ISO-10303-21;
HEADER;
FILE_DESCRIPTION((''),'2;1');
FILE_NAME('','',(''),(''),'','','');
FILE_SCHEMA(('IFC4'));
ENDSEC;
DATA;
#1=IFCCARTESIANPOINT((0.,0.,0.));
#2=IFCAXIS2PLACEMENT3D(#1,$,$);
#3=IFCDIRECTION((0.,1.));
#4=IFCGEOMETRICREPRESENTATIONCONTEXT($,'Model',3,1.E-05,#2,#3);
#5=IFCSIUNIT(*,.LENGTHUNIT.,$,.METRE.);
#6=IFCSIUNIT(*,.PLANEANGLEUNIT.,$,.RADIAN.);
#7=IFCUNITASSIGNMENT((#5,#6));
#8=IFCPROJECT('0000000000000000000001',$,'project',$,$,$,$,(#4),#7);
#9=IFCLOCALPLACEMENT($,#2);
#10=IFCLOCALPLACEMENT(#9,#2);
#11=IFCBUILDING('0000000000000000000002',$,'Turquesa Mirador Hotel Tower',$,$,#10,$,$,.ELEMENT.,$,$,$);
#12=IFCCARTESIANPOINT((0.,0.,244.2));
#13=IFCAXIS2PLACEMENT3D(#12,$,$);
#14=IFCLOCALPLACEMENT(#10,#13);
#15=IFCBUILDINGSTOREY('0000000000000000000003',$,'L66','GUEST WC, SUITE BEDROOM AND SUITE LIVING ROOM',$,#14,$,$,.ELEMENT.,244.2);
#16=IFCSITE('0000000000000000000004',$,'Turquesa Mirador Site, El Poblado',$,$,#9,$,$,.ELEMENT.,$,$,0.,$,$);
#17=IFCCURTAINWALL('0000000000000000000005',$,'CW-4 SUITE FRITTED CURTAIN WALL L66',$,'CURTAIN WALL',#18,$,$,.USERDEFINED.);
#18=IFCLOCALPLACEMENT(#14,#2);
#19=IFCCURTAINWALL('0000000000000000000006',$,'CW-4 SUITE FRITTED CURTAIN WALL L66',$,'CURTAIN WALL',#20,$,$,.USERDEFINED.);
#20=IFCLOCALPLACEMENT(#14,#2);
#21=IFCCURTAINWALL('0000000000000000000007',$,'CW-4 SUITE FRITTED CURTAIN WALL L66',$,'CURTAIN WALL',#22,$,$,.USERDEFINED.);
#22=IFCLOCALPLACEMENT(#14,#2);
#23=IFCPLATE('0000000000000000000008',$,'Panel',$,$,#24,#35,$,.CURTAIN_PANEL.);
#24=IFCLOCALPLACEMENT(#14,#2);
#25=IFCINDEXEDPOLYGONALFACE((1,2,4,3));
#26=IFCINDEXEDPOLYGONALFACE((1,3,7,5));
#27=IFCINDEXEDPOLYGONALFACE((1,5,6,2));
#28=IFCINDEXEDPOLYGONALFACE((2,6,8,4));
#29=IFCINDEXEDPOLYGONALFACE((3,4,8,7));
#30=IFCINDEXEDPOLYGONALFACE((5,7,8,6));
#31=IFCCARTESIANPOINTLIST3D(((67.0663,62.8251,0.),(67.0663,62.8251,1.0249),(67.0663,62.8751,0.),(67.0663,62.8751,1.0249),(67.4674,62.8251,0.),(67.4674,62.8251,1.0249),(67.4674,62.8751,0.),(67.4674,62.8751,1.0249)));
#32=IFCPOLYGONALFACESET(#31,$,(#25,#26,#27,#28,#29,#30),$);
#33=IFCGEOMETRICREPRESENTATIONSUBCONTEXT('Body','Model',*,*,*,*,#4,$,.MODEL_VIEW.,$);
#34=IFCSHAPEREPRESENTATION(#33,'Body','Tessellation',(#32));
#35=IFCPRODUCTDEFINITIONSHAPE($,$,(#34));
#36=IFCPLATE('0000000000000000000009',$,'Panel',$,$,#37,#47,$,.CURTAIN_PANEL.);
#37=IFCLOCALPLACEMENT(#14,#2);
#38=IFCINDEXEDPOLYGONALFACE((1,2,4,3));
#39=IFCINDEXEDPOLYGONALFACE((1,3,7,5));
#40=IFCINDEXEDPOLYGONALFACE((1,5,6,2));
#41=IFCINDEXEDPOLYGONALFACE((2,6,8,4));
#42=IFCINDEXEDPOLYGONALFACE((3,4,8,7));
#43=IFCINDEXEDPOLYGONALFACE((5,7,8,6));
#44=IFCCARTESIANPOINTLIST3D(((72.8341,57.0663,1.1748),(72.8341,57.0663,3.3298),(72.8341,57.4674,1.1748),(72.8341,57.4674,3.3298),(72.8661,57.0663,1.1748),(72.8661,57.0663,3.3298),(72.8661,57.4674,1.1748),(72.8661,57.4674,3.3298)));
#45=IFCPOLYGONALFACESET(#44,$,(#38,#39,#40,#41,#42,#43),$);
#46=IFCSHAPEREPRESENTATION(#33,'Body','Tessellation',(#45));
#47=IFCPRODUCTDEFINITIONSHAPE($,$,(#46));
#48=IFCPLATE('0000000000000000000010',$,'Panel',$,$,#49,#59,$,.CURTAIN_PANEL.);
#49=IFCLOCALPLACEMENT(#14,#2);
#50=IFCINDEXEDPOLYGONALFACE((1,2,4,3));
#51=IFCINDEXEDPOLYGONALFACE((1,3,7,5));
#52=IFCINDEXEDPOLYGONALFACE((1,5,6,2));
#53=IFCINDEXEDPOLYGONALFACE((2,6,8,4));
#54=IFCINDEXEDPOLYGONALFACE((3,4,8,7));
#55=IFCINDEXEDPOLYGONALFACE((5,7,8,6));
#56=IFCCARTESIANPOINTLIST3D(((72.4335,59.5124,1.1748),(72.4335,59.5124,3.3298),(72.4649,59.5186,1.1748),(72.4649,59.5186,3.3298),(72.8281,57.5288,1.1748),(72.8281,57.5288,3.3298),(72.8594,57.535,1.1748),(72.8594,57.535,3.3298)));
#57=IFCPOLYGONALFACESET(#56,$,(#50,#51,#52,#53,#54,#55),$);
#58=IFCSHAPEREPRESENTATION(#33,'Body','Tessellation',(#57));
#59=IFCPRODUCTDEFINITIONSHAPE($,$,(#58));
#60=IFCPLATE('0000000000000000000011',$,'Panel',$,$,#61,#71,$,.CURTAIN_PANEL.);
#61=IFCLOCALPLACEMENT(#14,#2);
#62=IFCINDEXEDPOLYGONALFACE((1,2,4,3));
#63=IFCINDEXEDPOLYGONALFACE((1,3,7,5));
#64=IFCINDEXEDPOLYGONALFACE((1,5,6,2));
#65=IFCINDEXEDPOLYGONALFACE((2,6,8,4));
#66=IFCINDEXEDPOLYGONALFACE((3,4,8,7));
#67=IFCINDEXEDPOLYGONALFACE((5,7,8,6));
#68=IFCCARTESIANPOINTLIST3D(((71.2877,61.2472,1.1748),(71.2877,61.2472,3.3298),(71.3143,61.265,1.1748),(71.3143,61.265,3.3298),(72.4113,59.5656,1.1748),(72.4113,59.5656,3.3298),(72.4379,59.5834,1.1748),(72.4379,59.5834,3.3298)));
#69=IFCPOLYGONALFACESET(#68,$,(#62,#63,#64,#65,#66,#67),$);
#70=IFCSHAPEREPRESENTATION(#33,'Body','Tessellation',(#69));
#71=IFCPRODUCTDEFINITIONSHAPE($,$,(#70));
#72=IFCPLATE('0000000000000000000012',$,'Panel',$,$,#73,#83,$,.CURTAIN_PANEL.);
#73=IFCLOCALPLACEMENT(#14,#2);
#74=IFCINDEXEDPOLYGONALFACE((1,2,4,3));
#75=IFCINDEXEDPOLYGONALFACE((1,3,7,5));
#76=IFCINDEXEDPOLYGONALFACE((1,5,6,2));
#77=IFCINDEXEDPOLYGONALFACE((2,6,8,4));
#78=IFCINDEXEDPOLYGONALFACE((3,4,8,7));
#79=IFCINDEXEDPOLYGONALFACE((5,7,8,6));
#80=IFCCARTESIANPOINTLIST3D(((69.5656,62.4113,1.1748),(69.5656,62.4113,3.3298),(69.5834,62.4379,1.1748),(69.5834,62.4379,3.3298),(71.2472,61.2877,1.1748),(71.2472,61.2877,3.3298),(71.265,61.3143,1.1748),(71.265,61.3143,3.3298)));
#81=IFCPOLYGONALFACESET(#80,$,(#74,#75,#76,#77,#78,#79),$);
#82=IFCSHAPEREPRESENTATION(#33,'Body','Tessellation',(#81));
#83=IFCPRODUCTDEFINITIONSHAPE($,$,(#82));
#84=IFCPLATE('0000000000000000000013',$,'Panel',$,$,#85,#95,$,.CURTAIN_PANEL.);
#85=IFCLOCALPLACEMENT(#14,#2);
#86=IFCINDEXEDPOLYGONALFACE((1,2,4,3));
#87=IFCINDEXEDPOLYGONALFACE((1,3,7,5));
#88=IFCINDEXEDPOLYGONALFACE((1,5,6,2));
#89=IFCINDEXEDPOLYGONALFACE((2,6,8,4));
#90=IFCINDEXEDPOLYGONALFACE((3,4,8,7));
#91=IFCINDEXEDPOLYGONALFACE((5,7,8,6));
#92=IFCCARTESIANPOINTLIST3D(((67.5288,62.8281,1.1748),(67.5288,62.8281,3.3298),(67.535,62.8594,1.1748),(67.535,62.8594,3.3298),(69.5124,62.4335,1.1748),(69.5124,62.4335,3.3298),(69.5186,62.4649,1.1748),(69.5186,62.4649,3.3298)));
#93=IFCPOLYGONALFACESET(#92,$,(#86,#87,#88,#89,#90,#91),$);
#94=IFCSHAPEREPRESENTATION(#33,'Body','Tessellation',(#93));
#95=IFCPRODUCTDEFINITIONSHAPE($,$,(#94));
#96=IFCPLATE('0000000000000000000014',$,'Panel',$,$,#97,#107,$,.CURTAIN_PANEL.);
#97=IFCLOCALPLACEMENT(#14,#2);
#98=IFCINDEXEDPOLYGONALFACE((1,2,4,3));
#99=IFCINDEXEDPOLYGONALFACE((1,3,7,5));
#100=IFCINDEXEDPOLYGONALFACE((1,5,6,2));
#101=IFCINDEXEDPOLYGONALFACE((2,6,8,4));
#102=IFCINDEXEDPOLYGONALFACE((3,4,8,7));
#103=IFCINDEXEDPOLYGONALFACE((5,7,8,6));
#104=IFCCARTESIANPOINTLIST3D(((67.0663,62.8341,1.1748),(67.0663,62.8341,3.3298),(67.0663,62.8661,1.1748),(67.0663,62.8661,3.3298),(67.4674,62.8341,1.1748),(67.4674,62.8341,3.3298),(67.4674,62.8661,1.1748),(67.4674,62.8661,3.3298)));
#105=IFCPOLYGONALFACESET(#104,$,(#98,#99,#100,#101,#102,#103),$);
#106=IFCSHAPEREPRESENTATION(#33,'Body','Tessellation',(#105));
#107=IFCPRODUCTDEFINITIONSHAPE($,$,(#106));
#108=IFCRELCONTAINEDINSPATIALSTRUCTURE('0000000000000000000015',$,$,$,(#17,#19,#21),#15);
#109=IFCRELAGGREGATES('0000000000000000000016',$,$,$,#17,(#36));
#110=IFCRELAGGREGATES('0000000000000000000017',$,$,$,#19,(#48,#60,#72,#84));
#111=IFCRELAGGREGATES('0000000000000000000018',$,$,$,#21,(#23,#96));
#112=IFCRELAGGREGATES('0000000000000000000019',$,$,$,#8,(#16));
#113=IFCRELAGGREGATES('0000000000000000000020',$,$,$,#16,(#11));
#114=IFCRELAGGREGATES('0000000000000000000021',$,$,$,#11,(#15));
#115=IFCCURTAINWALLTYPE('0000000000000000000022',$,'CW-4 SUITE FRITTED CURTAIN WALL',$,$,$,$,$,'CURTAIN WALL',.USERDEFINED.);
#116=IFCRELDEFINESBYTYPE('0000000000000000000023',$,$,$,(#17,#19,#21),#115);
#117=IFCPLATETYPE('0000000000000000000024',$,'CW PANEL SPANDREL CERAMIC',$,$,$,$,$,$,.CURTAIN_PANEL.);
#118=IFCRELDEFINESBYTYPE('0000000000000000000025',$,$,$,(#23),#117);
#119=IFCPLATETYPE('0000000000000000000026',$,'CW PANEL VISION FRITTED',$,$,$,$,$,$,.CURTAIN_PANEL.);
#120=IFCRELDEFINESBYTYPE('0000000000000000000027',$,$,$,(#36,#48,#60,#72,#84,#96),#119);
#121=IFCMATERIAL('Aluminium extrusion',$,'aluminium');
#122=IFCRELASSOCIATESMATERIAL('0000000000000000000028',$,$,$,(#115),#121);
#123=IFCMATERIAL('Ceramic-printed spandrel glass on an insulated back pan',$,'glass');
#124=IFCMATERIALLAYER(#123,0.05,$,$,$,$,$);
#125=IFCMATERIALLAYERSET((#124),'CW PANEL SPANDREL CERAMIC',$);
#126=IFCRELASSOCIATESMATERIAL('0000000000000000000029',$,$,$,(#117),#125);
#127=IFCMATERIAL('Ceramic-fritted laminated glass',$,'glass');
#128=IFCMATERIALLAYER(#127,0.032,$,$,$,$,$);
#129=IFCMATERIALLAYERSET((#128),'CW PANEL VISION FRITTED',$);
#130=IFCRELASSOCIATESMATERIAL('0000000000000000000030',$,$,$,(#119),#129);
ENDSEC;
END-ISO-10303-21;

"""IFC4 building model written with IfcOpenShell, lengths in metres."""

from ifc_helpers import new_model, si_unit, direction, frame, origin, origin_2d, place, context, subcontext, project, spatial, rectangle, extrude, material, layer, layer_set, type_object, element, aggregate, save


model = new_model("IFC4")

# Units and contexts
model_context = context("Model", 3, precision=1e-05, world=origin(), true_north=direction((0.0, 1.0)))
body_context = subcontext(model_context, "Body", "Model", "MODEL_VIEW")
ifc_project = project(units=[si_unit("LENGTHUNIT", "METRE"), si_unit("PLANEANGLEUNIT", "RADIAN")], contexts=[model_context])

# Site, building, storey
site_placement = place(None, origin())
site = spatial("IfcSite", under=ifc_project, at=site_placement, Name="Turquesa Mirador Site, El Poblado", CompositionType="ELEMENT", RefElevation=0.0)
building_placement = place(site_placement, origin())
building = spatial("IfcBuilding", under=site, at=building_placement, Name="Turquesa Mirador Hotel Tower", CompositionType="ELEMENT")
storey_placement = place(building_placement, frame((0.0, 0.0, 244.2)))
storey = spatial("IfcBuildingStorey", under=building, at=storey_placement, Name="L66", Description="GUEST WC, SUITE BEDROOM AND SUITE LIVING ROOM", CompositionType="ELEMENT", Elevation=244.2)

# Shared definitions
ifc_material_1 = material(Name="Aluminium extrusion", Category="aluminium")
curtain_wall_type = type_object("IfcCurtainWallType", Name="CW-4 SUITE FRITTED CURTAIN WALL", ElementType="CURTAIN WALL", PredefinedType="USERDEFINED", material=ifc_material_1)

# Curtain walls
curtain_wall_1_placement = place(storey_placement, origin())
curtain_wall_1 = element("IfcCurtainWall", 1, at=curtain_wall_1_placement, inside=storey, type_object=curtain_wall_type, Name="CW-4 SUITE FRITTED CURTAIN WALL L66", ObjectType="CURTAIN WALL", PredefinedType="USERDEFINED")
curtain_wall_2_placement = place(storey_placement, origin())
curtain_wall_2 = element("IfcCurtainWall", 2, at=curtain_wall_2_placement, inside=storey, type_object=curtain_wall_type, Name="CW-4 SUITE FRITTED CURTAIN WALL L66", ObjectType="CURTAIN WALL", PredefinedType="USERDEFINED")
curtain_wall_3_placement = place(storey_placement, origin())
curtain_wall_3 = element("IfcCurtainWall", 3, at=curtain_wall_3_placement, inside=storey, type_object=curtain_wall_type, Name="CW-4 SUITE FRITTED CURTAIN WALL L66", ObjectType="CURTAIN WALL", PredefinedType="USERDEFINED")

# Plates
ifc_material_2 = material(Name="Ceramic-printed spandrel glass on an insulated back pan", Category="glass")
ifc_layer_1 = layer(ifc_material_2, 0.05)
ifc_layer_set_1 = layer_set([ifc_layer_1], Name="CW PANEL SPANDREL CERAMIC")
plate_type_1 = type_object("IfcPlateType", Name="CW PANEL SPANDREL CERAMIC", PredefinedType="CURTAIN_PANEL", material=ifc_layer_set_1)
plate_1_placement = place(storey_placement, frame((67.2668, 62.8501, 0.0), z_axis=(0.0, 0.0, 1.0), x_axis=(-1.0, 0.0, 0.0)))
plate_1 = element("IfcPlate", 4, at=plate_1_placement, type_object=plate_type_1, Name="Panel", PredefinedType="CURTAIN_PANEL", context=body_context, shape_type="SweptSolid", body=[
    extrude(rectangle(XDim=0.4011, YDim=0.05, at=origin_2d()), origin(), (0.0, 0.0, 1.0), 1.0249),
])
ifc_material_3 = material(Name="Ceramic-fritted laminated glass", Category="glass")
ifc_layer_2 = layer(ifc_material_3, 0.032)
ifc_layer_set_2 = layer_set([ifc_layer_2], Name="CW PANEL VISION FRITTED")
plate_type_2 = type_object("IfcPlateType", Name="CW PANEL VISION FRITTED", PredefinedType="CURTAIN_PANEL", material=ifc_layer_set_2)
plate_2_placement = place(storey_placement, frame((72.8501, 57.2668, 1.1748), z_axis=(0.0, 0.0, 1.0), x_axis=(0.0, 1.0, 0.0)))
plate_2 = element("IfcPlate", 5, at=plate_2_placement, type_object=plate_type_2, Name="Panel", PredefinedType="CURTAIN_PANEL", context=body_context, shape_type="SweptSolid", body=[
    extrude(rectangle(XDim=0.4011, YDim=0.032, at=origin_2d()), origin(), (0.0, 0.0, 1.0), 2.155),
])
aggregate(curtain_wall_1, [plate_2])
plate_3_placement = place(storey_placement, frame((72.6465, 58.5237, 1.1748), z_axis=(0.0, 0.0, 1.0), x_axis=(-0.195091, 0.980785, 0.0)))
plate_3 = element("IfcPlate", 6, at=plate_3_placement, type_object=plate_type_2, Name="Panel", PredefinedType="CURTAIN_PANEL", context=body_context, shape_type="SweptSolid", body=[
    extrude(rectangle(XDim=2.0225, YDim=0.032, at=origin_2d()), origin(), (0.0, 0.0, 1.0), 2.155),
])
plate_4_placement = place(storey_placement, frame((71.8628, 60.4153, 1.1748), z_axis=(0.0, 0.0, 1.0), x_axis=(-0.55557, 0.83147, 0.0)))
plate_4 = element("IfcPlate", 7, at=plate_4_placement, type_object=plate_type_2, Name="Panel", PredefinedType="CURTAIN_PANEL", context=body_context, shape_type="SweptSolid", body=[
    extrude(rectangle(XDim=2.0225, YDim=0.032, at=origin_2d()), origin(), (0.0, 0.0, 1.0), 2.155),
])
plate_5_placement = place(storey_placement, frame((70.4153, 61.8628, 1.1748), z_axis=(0.0, 0.0, 1.0), x_axis=(-0.83147, 0.55557, 0.0)))
plate_5 = element("IfcPlate", 8, at=plate_5_placement, type_object=plate_type_2, Name="Panel", PredefinedType="CURTAIN_PANEL", context=body_context, shape_type="SweptSolid", body=[
    extrude(rectangle(XDim=2.0225, YDim=0.032, at=origin_2d()), origin(), (0.0, 0.0, 1.0), 2.155),
])
plate_6_placement = place(storey_placement, frame((68.5237, 62.6465, 1.1748), z_axis=(0.0, 0.0, 1.0), x_axis=(-0.980785, 0.195091, 0.0)))
plate_6 = element("IfcPlate", 9, at=plate_6_placement, type_object=plate_type_2, Name="Panel", PredefinedType="CURTAIN_PANEL", context=body_context, shape_type="SweptSolid", body=[
    extrude(rectangle(XDim=2.0225, YDim=0.032, at=origin_2d()), origin(), (0.0, 0.0, 1.0), 2.155),
])
aggregate(curtain_wall_2, [plate_3, plate_4, plate_5, plate_6])
plate_7_placement = place(storey_placement, frame((67.2668, 62.8501, 1.1748), z_axis=(0.0, 0.0, 1.0), x_axis=(-1.0, 0.0, 0.0)))
plate_7 = element("IfcPlate", 10, at=plate_7_placement, type_object=plate_type_2, Name="Panel", PredefinedType="CURTAIN_PANEL", context=body_context, shape_type="SweptSolid", body=[
    extrude(rectangle(XDim=0.4011, YDim=0.032, at=origin_2d()), origin(), (0.0, 0.0, 1.0), 2.155),
])
aggregate(curtain_wall_3, [plate_1, plate_7])

save(model, "model.ifc")
